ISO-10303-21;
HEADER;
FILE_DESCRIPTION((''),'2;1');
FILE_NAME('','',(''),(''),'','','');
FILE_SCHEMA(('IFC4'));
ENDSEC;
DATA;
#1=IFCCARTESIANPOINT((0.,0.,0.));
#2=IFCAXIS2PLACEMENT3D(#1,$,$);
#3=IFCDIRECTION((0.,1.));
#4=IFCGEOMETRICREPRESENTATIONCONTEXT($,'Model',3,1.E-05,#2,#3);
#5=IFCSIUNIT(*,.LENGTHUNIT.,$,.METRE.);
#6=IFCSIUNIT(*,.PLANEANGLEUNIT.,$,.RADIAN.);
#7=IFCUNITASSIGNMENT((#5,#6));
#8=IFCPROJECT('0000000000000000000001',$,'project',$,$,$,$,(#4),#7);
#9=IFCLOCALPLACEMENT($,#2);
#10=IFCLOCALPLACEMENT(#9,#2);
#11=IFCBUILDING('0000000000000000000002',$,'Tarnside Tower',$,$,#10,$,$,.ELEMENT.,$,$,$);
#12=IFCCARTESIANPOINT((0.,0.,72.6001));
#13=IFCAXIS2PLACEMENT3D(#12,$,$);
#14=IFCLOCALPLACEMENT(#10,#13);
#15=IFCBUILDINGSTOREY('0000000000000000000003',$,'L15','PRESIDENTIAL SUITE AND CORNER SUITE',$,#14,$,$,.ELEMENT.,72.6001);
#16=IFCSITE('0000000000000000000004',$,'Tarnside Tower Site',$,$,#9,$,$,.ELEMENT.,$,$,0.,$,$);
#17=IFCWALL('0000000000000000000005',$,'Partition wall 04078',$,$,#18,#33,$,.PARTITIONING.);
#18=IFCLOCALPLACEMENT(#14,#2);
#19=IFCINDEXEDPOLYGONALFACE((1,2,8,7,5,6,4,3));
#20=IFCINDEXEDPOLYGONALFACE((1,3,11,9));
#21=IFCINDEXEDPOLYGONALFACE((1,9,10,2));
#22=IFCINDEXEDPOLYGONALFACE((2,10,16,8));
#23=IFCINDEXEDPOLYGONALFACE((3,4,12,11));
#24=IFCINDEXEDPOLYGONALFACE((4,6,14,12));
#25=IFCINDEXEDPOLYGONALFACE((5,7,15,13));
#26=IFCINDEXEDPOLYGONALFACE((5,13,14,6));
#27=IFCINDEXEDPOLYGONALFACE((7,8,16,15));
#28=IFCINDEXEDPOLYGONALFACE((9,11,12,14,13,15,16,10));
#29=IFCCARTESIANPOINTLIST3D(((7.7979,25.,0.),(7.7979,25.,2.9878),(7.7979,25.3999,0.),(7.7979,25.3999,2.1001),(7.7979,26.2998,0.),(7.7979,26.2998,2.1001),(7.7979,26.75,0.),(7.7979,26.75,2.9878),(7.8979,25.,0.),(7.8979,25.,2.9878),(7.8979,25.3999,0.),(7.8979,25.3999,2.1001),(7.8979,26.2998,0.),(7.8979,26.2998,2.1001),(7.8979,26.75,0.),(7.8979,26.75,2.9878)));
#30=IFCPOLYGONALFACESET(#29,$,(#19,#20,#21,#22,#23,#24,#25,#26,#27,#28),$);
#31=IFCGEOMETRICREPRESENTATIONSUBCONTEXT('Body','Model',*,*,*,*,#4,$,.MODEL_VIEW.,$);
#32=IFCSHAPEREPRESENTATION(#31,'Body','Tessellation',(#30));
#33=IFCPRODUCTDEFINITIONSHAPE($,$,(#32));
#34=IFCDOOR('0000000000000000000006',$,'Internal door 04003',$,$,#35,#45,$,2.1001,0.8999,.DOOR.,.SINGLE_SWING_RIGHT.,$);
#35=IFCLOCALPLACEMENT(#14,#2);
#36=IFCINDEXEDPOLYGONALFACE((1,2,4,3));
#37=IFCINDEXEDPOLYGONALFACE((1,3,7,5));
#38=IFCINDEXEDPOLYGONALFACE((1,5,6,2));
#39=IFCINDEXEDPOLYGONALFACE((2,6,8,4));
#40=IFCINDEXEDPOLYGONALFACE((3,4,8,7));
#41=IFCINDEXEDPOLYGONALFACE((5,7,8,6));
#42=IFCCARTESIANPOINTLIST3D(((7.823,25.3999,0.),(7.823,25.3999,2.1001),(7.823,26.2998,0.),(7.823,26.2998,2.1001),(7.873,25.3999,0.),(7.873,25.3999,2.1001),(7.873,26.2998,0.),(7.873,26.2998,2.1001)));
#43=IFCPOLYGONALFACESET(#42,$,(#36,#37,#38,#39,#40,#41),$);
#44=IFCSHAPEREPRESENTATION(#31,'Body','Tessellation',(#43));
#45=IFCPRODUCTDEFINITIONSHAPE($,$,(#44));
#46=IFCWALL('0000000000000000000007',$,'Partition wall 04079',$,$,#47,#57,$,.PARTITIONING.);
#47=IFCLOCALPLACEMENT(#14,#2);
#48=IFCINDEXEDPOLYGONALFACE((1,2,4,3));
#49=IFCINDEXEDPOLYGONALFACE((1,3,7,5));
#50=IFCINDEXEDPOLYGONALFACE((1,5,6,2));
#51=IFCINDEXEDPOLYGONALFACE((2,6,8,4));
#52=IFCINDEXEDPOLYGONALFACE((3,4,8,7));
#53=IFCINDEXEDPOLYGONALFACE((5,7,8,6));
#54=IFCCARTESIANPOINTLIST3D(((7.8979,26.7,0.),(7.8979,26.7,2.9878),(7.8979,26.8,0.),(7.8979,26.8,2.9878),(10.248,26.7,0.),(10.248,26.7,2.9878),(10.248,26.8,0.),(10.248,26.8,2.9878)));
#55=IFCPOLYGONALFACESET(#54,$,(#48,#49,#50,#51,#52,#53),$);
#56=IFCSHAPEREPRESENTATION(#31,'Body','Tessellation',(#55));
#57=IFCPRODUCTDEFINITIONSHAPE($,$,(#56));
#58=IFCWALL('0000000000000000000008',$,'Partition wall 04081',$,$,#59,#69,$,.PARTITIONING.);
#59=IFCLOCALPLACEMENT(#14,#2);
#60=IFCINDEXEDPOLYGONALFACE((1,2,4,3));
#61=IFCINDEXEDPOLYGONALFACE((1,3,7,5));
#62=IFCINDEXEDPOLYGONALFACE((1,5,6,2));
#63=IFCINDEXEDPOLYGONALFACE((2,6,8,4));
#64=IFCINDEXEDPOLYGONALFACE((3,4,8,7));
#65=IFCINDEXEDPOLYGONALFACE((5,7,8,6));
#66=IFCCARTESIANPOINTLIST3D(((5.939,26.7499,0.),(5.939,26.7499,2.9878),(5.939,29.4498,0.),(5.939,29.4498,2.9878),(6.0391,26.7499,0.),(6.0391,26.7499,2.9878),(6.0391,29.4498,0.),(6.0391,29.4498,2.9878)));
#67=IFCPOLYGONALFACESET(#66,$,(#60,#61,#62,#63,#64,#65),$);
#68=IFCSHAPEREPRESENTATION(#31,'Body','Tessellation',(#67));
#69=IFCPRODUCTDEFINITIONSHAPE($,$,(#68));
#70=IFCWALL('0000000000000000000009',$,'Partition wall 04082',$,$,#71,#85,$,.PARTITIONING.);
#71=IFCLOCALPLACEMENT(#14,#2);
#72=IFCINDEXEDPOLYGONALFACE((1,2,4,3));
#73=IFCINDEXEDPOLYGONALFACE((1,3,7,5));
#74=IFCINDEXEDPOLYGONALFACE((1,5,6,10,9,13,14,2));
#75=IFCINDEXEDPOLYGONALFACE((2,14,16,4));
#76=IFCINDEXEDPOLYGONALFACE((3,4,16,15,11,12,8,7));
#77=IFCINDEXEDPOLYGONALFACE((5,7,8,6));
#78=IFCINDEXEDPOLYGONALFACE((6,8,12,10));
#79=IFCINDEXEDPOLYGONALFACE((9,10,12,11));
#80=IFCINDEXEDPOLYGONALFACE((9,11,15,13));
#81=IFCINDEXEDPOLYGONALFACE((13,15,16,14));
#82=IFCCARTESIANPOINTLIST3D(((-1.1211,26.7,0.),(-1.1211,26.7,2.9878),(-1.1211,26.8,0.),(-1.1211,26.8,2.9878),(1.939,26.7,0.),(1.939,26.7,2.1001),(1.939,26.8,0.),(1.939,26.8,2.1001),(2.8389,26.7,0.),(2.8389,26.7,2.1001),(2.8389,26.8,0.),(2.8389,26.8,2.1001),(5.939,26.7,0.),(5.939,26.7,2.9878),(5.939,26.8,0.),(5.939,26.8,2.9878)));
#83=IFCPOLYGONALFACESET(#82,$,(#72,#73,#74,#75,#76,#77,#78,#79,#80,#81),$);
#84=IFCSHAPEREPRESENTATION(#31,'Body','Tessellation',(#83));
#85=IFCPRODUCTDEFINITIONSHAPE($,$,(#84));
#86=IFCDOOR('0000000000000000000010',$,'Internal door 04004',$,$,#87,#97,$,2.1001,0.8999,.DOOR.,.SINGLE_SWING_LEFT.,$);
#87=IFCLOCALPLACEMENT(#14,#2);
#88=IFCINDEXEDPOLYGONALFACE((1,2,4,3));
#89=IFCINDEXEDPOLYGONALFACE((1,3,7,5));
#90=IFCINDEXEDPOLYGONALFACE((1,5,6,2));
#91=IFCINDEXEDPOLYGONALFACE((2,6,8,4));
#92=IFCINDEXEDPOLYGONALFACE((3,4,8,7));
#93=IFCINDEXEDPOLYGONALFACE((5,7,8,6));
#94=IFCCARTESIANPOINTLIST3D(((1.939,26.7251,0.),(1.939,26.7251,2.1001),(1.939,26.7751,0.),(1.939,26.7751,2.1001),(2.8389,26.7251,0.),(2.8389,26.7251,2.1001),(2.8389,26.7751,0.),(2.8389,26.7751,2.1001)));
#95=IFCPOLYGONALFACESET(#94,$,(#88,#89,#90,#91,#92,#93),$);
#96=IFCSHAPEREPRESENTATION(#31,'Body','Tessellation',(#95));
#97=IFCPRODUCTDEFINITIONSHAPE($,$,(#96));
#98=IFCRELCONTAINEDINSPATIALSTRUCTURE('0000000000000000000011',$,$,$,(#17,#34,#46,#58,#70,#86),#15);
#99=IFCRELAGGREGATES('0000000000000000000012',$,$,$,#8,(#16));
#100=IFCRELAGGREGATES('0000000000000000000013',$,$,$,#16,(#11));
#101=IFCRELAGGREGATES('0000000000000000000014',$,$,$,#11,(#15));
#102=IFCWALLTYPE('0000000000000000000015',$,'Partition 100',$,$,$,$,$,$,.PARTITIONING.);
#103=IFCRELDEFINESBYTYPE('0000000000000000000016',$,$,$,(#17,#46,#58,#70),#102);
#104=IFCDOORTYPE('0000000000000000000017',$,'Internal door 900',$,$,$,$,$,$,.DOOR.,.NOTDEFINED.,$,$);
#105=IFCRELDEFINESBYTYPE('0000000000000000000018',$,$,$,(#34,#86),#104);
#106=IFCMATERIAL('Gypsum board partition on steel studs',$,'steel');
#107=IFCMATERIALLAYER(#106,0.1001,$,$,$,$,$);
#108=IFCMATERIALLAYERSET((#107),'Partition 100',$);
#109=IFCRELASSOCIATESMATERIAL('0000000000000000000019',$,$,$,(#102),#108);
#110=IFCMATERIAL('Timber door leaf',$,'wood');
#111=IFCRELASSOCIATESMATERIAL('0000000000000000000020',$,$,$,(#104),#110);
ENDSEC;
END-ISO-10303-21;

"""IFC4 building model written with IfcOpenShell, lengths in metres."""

from ifc_helpers import new_model, si_unit, direction, frame, frame_2d, origin, place, context, subcontext, project, spatial, rectangle, extrude, material, layer, layer_set, type_object, element, fill, save


model = new_model("IFC4")

# Units and contexts
model_context = context("Model", 3, precision=1e-05, world=origin(), true_north=direction((0.0, 1.0)))
body_context = subcontext(model_context, "Body", "Model", "MODEL_VIEW")
ifc_project = project(units=[si_unit("LENGTHUNIT", "METRE"), si_unit("PLANEANGLEUNIT", "RADIAN")], contexts=[model_context])

# Site, building, storey
site_placement = place(None, origin())
site = spatial("IfcSite", under=ifc_project, at=site_placement, Name="Tarnside Tower Site", CompositionType="ELEMENT", RefElevation=0.0)
building_placement = place(site_placement, origin())
building = spatial("IfcBuilding", under=site, at=building_placement, Name="Tarnside Tower", CompositionType="ELEMENT")
storey_placement = place(building_placement, frame((0.0, 0.0, 72.6001)))
storey = spatial("IfcBuildingStorey", under=building, at=storey_placement, Name="L15", Description="PRESIDENTIAL SUITE AND CORNER SUITE", CompositionType="ELEMENT", Elevation=72.6001)

# Wall, opening, door
ifc_material_1 = material(Name="Gypsum board partition on steel studs", Category="steel")
ifc_material_2 = material(Name="Timber door leaf", Category="wood")
ifc_layer_1 = layer(ifc_material_1, 0.1001)
ifc_layer_set_1 = layer_set([ifc_layer_1], Name="Partition 100")
wall_type_1 = type_object("IfcWallType", Name="Partition 100", PredefinedType="PARTITIONING", material=ifc_layer_set_1)
wall_1_placement = place(storey_placement, frame((7.8479, 25.0, 0.0), z_axis=(0.0, 0.0, 1.0), x_axis=(0.0, 1.0, 0.0)))
wall_1 = element("IfcWall", 1, at=wall_1_placement, inside=storey, type_object=wall_type_1, Name="Partition wall 04078", PredefinedType="PARTITIONING", context=body_context, shape_type="SweptSolid", body=[
    extrude(rectangle(XDim=1.75, YDim=0.1001, at=frame_2d((0.875, 0.0))), origin(), (0.0, 0.0, 1.0), 2.9878),
])
opening_1_placement = place(wall_1_placement, frame((0.3999, 0.0, 0.0)))
opening_1 = element("IfcOpeningElement", 2, at=opening_1_placement, cuts=wall_1, PredefinedType="OPENING", context=body_context, shape_type="SweptSolid", body=[
    extrude(rectangle(XDim=0.8999, YDim=2.1001, at=frame_2d((0.45, 1.05))), frame((0.0, 0.0601, 0.0), z_axis=(0.0, -1.0, 0.0), x_axis=(1.0, 0.0, 0.0)), (0.0, 0.0, 1.0), 0.1201),
])
door_type_1 = type_object("IfcDoorType", Name="Internal door 900", OperationType="NOTDEFINED", PredefinedType="DOOR", material=ifc_material_2)
door_1_placement = place(opening_1_placement, origin())
door_1 = element("IfcDoor", 3, at=door_1_placement, inside=storey, type_object=door_type_1, Name="Internal door 04003", OperationType="SINGLE_SWING_RIGHT", OverallHeight=2.1001, OverallWidth=0.8999, PredefinedType="DOOR", context=body_context, shape_type="SweptSolid", body=[
    extrude(rectangle(XDim=0.8999, YDim=2.1001, at=frame_2d((0.45, 1.05))), frame((0.0, 0.0249, 0.0), z_axis=(0.0, -1.0, 0.0), x_axis=(1.0, 0.0, 0.0)), (0.0, 0.0, 1.0), 0.05),
])
fill(opening_1, door_1)

# Walls
wall_2_placement = place(storey_placement, frame((7.8979, 26.75, 0.0), z_axis=(0.0, 0.0, 1.0), x_axis=(1.0, 0.0, 0.0)))
element("IfcWall", 4, at=wall_2_placement, inside=storey, type_object=wall_type_1, Name="Partition wall 04079", PredefinedType="PARTITIONING", context=body_context, shape_type="SweptSolid", body=[
    extrude(rectangle(XDim=2.3501, YDim=0.1001, at=frame_2d((1.175, 0.0))), origin(), (0.0, 0.0, 1.0), 2.9878),
])
wall_3_placement = place(storey_placement, frame((5.989, 29.45, 0.0), z_axis=(0.0, 0.0, 1.0), x_axis=(0.0, -1.0, 0.0)))
element("IfcWall", 5, at=wall_3_placement, inside=storey, type_object=wall_type_1, Name="Partition wall 04081", PredefinedType="PARTITIONING", context=body_context, shape_type="SweptSolid", body=[
    extrude(rectangle(XDim=2.7, YDim=0.1001, at=frame_2d((1.3501, 0.0))), origin(), (0.0, 0.0, 1.0), 2.9878),
])

# Wall, opening, door
wall_4_placement = place(storey_placement, frame((5.939, 26.75, 0.0), z_axis=(0.0, 0.0, 1.0), x_axis=(-1.0, 0.0, 0.0)))
wall_4 = element("IfcWall", 6, at=wall_4_placement, inside=storey, type_object=wall_type_1, Name="Partition wall 04082", PredefinedType="PARTITIONING", context=body_context, shape_type="SweptSolid", body=[
    extrude(rectangle(XDim=7.0601, YDim=0.1001, at=frame_2d((3.53, 0.0))), origin(), (0.0, 0.0, 1.0), 2.9878),
])
opening_2_placement = place(wall_4_placement, frame((3.1001, 0.0, 0.0)))
opening_2 = element("IfcOpeningElement", 7, at=opening_2_placement, cuts=wall_4, PredefinedType="OPENING", context=body_context, shape_type="SweptSolid", body=[
    extrude(rectangle(XDim=0.8999, YDim=2.1001, at=frame_2d((0.45, 1.05))), frame((0.0, 0.0601, 0.0), z_axis=(0.0, -1.0, 0.0), x_axis=(1.0, 0.0, 0.0)), (0.0, 0.0, 1.0), 0.1201),
])
door_2_placement = place(opening_2_placement, origin())
door_2 = element("IfcDoor", 8, at=door_2_placement, inside=storey, type_object=door_type_1, Name="Internal door 04004", OperationType="SINGLE_SWING_LEFT", OverallHeight=2.1001, OverallWidth=0.8999, PredefinedType="DOOR", context=body_context, shape_type="SweptSolid", body=[
    extrude(rectangle(XDim=0.8999, YDim=2.1001, at=frame_2d((0.45, 1.05))), frame((0.0, 0.0249, 0.0), z_axis=(0.0, -1.0, 0.0), x_axis=(1.0, 0.0, 0.0)), (0.0, 0.0, 1.0), 0.05),
])
fill(opening_2, door_2)

save(model, "model.ifc")
